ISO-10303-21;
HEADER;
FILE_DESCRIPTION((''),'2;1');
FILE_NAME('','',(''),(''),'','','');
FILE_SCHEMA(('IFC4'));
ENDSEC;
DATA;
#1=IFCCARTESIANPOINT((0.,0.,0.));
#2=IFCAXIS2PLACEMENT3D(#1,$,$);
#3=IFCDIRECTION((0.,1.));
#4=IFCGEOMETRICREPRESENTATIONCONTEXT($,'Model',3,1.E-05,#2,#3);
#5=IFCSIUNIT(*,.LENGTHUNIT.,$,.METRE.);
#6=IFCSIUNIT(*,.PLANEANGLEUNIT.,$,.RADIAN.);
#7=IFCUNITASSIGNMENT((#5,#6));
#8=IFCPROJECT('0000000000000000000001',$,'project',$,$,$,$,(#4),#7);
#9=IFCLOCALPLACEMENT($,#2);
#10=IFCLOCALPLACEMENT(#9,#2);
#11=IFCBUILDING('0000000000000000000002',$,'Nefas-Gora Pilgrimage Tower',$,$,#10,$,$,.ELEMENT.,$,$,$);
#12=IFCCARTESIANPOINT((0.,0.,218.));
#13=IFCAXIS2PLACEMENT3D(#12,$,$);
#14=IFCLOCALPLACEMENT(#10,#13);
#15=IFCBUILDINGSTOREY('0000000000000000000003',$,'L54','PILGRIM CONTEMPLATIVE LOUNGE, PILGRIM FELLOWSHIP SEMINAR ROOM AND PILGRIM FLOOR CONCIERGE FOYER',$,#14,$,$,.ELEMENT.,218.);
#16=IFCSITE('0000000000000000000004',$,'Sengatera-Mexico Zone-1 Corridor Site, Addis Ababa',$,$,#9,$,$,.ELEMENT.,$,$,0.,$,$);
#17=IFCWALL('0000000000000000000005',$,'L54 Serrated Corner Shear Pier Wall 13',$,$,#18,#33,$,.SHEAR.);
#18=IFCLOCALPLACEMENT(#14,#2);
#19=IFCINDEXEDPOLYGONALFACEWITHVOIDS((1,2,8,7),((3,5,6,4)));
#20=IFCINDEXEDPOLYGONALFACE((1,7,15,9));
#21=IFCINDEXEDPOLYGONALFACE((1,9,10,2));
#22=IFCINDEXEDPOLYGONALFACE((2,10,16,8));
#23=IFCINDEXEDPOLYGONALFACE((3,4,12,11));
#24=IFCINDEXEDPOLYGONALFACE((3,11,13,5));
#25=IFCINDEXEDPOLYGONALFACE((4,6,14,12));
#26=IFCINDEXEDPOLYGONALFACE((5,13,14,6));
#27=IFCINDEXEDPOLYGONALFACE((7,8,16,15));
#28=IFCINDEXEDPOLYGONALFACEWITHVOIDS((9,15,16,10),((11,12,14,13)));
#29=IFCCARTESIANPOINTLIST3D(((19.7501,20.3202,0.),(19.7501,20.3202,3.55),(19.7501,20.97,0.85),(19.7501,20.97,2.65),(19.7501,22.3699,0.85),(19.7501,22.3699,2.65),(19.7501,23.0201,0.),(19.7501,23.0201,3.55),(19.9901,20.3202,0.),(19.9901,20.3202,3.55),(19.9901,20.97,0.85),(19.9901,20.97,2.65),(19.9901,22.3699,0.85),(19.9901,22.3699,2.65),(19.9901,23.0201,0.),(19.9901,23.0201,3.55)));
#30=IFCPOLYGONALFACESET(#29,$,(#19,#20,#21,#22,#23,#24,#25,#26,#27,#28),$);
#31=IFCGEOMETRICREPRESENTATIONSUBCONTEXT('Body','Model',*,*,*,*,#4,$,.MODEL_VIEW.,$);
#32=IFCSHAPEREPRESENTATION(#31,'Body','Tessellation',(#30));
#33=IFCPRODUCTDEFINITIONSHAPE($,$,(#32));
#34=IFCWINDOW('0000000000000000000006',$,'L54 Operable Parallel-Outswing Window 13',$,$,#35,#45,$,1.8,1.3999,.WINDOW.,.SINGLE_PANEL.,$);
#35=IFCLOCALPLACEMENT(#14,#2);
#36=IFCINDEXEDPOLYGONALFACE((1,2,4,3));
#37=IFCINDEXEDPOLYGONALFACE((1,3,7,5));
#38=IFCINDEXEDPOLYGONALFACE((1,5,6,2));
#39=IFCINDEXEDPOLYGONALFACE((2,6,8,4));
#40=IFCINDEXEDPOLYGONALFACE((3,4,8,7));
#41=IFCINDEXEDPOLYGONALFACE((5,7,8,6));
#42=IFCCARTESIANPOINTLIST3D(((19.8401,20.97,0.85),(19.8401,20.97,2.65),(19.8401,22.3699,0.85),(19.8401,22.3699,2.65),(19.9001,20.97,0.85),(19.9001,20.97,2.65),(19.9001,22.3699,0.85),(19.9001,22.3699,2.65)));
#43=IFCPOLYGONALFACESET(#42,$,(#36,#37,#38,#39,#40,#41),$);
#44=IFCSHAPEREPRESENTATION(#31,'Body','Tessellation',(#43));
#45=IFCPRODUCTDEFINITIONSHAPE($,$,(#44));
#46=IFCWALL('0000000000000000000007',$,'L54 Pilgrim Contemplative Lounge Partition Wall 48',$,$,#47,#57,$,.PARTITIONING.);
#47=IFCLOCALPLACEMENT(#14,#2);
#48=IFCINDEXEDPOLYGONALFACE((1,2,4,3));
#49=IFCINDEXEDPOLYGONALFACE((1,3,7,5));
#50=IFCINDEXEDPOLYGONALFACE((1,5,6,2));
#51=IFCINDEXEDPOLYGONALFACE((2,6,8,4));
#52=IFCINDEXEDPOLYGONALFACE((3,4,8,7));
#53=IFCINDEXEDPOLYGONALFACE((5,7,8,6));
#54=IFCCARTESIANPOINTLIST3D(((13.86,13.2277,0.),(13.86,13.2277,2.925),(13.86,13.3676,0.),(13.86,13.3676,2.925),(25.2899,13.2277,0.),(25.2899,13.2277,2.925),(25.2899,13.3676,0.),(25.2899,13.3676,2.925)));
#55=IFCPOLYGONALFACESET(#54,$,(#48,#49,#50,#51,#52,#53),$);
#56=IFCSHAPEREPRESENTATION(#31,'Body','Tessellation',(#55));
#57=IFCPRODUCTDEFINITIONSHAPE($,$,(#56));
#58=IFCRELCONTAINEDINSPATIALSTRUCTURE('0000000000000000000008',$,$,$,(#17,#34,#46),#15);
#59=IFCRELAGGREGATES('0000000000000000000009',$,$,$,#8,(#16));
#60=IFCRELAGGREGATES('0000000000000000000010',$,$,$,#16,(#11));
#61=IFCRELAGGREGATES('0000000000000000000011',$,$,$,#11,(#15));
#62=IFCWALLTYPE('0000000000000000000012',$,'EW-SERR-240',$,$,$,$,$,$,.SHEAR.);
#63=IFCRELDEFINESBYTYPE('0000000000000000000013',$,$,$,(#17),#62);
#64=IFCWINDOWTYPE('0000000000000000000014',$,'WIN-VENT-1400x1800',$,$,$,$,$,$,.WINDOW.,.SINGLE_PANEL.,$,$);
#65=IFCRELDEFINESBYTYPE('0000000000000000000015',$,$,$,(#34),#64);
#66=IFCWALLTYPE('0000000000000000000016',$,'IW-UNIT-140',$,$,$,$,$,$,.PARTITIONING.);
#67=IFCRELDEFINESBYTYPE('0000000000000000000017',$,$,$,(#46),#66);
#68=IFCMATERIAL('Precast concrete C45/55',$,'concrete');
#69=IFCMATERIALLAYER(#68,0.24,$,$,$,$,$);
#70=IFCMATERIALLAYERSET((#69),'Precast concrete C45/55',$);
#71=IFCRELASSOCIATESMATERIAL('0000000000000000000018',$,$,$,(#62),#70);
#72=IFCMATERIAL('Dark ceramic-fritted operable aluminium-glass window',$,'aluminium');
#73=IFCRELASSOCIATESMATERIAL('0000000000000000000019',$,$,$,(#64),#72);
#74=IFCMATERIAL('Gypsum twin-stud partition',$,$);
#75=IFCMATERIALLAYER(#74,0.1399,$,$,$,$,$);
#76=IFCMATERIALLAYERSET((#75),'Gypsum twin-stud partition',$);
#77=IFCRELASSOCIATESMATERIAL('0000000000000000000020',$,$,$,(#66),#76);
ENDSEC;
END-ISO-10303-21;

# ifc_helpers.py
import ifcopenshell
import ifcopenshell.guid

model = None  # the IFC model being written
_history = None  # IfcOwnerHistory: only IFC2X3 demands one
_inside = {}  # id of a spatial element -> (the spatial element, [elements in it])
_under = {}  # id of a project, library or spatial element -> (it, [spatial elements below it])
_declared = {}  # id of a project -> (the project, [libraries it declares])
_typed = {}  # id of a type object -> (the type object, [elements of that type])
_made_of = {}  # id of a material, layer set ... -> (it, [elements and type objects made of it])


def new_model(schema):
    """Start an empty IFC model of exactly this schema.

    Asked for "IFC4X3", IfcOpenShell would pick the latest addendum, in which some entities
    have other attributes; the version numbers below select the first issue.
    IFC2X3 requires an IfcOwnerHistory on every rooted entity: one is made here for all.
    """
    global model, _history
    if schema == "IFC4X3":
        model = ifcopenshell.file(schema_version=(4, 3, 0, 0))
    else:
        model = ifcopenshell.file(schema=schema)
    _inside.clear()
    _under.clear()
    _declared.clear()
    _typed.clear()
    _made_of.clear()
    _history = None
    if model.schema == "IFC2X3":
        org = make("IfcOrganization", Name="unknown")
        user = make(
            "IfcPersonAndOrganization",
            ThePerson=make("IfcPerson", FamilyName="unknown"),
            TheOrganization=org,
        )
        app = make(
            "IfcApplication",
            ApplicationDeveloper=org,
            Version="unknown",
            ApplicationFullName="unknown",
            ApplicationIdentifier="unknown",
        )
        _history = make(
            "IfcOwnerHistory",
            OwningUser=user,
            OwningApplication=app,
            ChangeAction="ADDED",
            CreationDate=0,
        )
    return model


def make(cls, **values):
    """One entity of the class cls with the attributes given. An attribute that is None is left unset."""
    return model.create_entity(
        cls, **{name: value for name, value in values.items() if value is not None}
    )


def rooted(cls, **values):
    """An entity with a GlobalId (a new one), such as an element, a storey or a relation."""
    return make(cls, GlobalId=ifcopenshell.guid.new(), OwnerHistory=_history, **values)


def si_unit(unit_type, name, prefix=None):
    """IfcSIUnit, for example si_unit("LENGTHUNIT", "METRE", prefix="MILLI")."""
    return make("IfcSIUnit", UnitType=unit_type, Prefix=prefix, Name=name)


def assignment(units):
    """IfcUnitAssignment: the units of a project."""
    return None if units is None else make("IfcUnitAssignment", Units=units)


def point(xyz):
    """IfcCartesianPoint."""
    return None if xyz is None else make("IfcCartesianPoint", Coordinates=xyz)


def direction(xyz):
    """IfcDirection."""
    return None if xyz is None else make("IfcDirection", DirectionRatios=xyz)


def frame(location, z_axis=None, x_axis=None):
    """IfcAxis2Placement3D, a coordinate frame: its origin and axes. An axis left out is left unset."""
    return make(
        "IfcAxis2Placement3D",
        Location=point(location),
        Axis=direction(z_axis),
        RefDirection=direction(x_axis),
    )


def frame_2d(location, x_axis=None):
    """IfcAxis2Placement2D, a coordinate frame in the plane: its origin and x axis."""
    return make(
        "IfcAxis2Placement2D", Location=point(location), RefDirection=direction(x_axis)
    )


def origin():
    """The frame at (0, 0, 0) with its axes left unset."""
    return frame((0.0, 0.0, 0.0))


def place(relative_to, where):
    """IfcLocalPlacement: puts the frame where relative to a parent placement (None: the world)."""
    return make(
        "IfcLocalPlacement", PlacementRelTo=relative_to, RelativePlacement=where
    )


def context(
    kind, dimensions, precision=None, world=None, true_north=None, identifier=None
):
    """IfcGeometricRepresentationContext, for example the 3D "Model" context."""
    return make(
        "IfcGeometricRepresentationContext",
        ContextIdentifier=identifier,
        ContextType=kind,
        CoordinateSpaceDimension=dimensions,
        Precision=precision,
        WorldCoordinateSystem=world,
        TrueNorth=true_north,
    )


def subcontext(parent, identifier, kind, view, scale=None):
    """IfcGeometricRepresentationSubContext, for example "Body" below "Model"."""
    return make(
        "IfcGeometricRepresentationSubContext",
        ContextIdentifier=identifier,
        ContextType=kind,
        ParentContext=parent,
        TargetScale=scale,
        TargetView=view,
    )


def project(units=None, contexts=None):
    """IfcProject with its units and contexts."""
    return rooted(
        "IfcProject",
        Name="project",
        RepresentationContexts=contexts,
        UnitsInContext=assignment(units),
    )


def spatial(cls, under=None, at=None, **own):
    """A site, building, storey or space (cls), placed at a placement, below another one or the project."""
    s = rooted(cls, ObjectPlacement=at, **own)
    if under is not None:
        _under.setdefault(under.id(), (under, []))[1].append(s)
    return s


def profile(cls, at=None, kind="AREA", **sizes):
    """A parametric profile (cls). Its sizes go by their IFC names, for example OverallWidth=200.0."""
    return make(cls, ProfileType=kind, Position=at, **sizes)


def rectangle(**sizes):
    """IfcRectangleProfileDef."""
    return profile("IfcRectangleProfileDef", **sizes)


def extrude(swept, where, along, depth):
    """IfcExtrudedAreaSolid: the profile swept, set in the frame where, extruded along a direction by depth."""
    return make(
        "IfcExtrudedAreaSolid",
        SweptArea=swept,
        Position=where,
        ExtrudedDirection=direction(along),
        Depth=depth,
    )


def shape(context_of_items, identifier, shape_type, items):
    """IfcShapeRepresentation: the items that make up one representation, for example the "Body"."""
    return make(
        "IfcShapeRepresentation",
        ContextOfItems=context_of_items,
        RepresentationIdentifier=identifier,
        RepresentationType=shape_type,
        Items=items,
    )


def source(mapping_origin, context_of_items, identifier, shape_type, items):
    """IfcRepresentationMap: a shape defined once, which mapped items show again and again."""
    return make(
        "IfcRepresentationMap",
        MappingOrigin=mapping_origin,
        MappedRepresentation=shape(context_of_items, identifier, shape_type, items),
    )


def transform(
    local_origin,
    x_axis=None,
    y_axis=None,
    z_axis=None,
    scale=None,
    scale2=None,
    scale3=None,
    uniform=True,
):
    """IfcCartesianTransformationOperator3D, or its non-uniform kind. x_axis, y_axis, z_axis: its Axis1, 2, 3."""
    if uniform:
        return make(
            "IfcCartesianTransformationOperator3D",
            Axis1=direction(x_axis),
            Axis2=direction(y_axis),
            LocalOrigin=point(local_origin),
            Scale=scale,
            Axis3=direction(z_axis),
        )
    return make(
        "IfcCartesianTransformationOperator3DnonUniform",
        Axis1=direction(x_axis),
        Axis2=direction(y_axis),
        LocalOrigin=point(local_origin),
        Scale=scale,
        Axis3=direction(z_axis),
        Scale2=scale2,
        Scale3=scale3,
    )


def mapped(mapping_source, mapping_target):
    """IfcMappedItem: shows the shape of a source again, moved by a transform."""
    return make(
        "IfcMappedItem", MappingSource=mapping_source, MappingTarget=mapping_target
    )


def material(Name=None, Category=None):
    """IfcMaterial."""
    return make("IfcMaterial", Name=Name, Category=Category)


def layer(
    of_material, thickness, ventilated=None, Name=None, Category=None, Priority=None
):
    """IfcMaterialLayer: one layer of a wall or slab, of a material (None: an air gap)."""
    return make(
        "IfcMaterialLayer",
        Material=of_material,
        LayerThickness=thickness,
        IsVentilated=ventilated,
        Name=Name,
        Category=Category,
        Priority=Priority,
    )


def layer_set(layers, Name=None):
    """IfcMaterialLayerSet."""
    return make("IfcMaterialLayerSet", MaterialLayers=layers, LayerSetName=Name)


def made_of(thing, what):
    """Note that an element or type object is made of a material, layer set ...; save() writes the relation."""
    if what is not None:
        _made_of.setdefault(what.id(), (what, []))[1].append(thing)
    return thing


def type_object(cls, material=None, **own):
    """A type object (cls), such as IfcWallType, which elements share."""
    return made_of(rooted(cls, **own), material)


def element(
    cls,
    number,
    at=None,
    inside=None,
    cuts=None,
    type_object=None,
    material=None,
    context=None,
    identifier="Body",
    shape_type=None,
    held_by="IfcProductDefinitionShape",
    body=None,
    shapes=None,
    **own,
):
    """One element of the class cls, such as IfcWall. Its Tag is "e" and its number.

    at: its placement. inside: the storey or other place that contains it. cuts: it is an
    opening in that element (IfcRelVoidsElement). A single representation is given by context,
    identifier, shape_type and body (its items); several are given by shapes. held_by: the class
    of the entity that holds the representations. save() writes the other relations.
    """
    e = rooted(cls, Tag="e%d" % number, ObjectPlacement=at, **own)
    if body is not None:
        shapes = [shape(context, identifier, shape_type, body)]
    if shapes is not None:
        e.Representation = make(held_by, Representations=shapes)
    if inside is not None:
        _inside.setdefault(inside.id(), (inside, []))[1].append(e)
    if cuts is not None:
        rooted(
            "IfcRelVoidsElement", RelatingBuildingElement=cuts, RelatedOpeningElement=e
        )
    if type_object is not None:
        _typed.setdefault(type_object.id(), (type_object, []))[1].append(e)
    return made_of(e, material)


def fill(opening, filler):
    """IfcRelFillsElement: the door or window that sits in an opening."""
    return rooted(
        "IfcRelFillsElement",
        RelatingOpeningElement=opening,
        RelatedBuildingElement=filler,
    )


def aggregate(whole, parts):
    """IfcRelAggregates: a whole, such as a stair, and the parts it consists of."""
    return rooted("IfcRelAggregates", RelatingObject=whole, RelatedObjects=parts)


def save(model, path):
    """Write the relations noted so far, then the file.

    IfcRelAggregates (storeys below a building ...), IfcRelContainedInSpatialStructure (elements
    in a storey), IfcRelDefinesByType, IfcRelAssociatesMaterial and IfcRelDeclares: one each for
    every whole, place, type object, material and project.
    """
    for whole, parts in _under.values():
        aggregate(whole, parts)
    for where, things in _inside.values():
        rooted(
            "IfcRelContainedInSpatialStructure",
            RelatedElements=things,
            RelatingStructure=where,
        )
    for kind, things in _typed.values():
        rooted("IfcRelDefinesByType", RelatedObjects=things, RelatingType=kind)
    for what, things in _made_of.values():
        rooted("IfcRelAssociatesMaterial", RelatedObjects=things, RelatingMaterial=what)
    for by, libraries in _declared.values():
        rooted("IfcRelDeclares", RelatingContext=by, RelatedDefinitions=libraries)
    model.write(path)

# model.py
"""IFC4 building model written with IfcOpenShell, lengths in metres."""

from ifc_helpers import new_model, si_unit, direction, frame, frame_2d, origin, place, context, subcontext, project, spatial, rectangle, extrude, source, transform, mapped, material, layer, layer_set, type_object, element, fill, save


model = new_model("IFC4")

# Units and contexts
model_context = context("Model", 3, precision=1e-05, world=origin(), true_north=direction((0.0, 1.0)))
body_context = subcontext(model_context, "Body", "Model", "MODEL_VIEW")
ifc_project = project(units=[si_unit("LENGTHUNIT", "METRE"), si_unit("PLANEANGLEUNIT", "RADIAN")], contexts=[model_context])

# Site, building, storey
site_placement = place(None, origin())
site = spatial("IfcSite", under=ifc_project, at=site_placement, Name="Sengatera-Mexico Zone-1 Corridor Site, Addis Ababa", CompositionType="ELEMENT", RefElevation=0.0)
building_placement = place(site_placement, origin())
building = spatial("IfcBuilding", under=site, at=building_placement, Name="Nefas-Gora Pilgrimage Tower", CompositionType="ELEMENT")
storey_placement = place(building_placement, frame((0.0, 0.0, 218.0)))
storey = spatial("IfcBuildingStorey", under=building, at=storey_placement, Name="L54", Description="PILGRIM CONTEMPLATIVE LOUNGE, PILGRIM FELLOWSHIP SEMINAR ROOM AND PILGRIM FLOOR CONCIERGE FOYER", CompositionType="ELEMENT", Elevation=218.0)

# Shared definitions
ifc_material_1 = material(Name="Precast concrete C45/55", Category="concrete")
ifc_layer_1 = layer(ifc_material_1, 0.24)
ifc_layer_set_1 = layer_set([ifc_layer_1], Name="Precast concrete C45/55")
wall_type_1 = type_object("IfcWallType", Name="EW-SERR-240", PredefinedType="SHEAR", material=ifc_layer_set_1)
shared_shape_1 = source(origin(), body_context, "Body", "SweptSolid", [
    extrude(rectangle(XDim=2.7, YDim=0.24, at=frame_2d((1.3501, 0.0))), origin(), (0.0, 0.0, 1.0), 3.55),
])

# Wall, opening, window
wall_1_placement = place(storey_placement, frame((19.8701, 20.3201, 0.0), z_axis=(0.0, 0.0, 1.0), x_axis=(0.0, 1.0, 0.0)))
wall_1 = element("IfcWall", 1, at=wall_1_placement, inside=storey, type_object=wall_type_1, Name="L54 Serrated Corner Shear Pier Wall 13", PredefinedType="SHEAR", context=body_context, shape_type="MappedRepresentation", body=[
    mapped(shared_shape_1, transform((0.0, 0.0, 0.0), x_axis=(1.0, 0.0, 0.0), y_axis=(0.0, 1.0, 0.0), z_axis=(0.0, 0.0, 1.0), scale=1.0)),
])
opening_placement = place(wall_1_placement, frame((0.6499, 0.0, 0.8501)))
opening = element("IfcOpeningElement", 2, at=opening_placement, cuts=wall_1, PredefinedType="OPENING", context=body_context, shape_type="SweptSolid", body=[
    extrude(rectangle(XDim=1.3999, YDim=1.8, at=frame_2d((0.7, 0.8999))), frame((0.0, 0.1299, 0.0), z_axis=(0.0, -1.0, 0.0), x_axis=(1.0, 0.0, 0.0)), (0.0, 0.0, 1.0), 0.26),
])
ifc_material_2 = material(Name="Dark ceramic-fritted operable aluminium-glass window", Category="aluminium")
window_type = type_object("IfcWindowType", Name="WIN-VENT-1400x1800", PartitioningType="SINGLE_PANEL", PredefinedType="WINDOW", material=ifc_material_2)
shared_shape_2 = source(origin(), body_context, "Body", "SweptSolid", [
    extrude(rectangle(XDim=1.3999, YDim=1.8, at=frame_2d((0.7, 0.8999))), frame((0.0, 0.03, 0.0), z_axis=(0.0, -1.0, 0.0), x_axis=(1.0, 0.0, 0.0)), (0.0, 0.0, 1.0), 0.0601),
])
window_placement = place(opening_placement, origin())
window = element("IfcWindow", 3, at=window_placement, inside=storey, type_object=window_type, Name="L54 Operable Parallel-Outswing Window 13", OverallHeight=1.8, OverallWidth=1.3999, PartitioningType="SINGLE_PANEL", PredefinedType="WINDOW", context=body_context, shape_type="MappedRepresentation", body=[
    mapped(shared_shape_2, transform((0.0, 0.0, 0.0), x_axis=(1.0, 0.0, 0.0), y_axis=(0.0, 1.0, 0.0), z_axis=(0.0, 0.0, 1.0), scale=1.0)),
])
fill(opening, window)

# Wall
ifc_material_3 = material(Name="Gypsum twin-stud partition")
ifc_layer_2 = layer(ifc_material_3, 0.1399)
ifc_layer_set_2 = layer_set([ifc_layer_2], Name="Gypsum twin-stud partition")
wall_type_2 = type_object("IfcWallType", Name="IW-UNIT-140", PredefinedType="PARTITIONING", material=ifc_layer_set_2)
shared_shape_3 = source(origin(), body_context, "Body", "SweptSolid", [
    extrude(rectangle(XDim=11.4299, YDim=0.1399, at=frame_2d((5.7148, 0.0))), origin(), (0.0, 0.0, 1.0), 2.925),
])
wall_2_placement = place(storey_placement, frame((13.8601, 13.2976, 0.0), z_axis=(0.0, 0.0, 1.0), x_axis=(1.0, 0.0, 0.0)))
element("IfcWall", 4, at=wall_2_placement, inside=storey, type_object=wall_type_2, Name="L54 Pilgrim Contemplative Lounge Partition Wall 48", PredefinedType="PARTITIONING", context=body_context, shape_type="MappedRepresentation", body=[
    mapped(shared_shape_3, transform((0.0, 0.0, 0.0), x_axis=(1.0, 0.0, 0.0), y_axis=(0.0, 1.0, 0.0), z_axis=(0.0, 0.0, 1.0), scale=1.0)),
])

save(model, "model.ifc")
